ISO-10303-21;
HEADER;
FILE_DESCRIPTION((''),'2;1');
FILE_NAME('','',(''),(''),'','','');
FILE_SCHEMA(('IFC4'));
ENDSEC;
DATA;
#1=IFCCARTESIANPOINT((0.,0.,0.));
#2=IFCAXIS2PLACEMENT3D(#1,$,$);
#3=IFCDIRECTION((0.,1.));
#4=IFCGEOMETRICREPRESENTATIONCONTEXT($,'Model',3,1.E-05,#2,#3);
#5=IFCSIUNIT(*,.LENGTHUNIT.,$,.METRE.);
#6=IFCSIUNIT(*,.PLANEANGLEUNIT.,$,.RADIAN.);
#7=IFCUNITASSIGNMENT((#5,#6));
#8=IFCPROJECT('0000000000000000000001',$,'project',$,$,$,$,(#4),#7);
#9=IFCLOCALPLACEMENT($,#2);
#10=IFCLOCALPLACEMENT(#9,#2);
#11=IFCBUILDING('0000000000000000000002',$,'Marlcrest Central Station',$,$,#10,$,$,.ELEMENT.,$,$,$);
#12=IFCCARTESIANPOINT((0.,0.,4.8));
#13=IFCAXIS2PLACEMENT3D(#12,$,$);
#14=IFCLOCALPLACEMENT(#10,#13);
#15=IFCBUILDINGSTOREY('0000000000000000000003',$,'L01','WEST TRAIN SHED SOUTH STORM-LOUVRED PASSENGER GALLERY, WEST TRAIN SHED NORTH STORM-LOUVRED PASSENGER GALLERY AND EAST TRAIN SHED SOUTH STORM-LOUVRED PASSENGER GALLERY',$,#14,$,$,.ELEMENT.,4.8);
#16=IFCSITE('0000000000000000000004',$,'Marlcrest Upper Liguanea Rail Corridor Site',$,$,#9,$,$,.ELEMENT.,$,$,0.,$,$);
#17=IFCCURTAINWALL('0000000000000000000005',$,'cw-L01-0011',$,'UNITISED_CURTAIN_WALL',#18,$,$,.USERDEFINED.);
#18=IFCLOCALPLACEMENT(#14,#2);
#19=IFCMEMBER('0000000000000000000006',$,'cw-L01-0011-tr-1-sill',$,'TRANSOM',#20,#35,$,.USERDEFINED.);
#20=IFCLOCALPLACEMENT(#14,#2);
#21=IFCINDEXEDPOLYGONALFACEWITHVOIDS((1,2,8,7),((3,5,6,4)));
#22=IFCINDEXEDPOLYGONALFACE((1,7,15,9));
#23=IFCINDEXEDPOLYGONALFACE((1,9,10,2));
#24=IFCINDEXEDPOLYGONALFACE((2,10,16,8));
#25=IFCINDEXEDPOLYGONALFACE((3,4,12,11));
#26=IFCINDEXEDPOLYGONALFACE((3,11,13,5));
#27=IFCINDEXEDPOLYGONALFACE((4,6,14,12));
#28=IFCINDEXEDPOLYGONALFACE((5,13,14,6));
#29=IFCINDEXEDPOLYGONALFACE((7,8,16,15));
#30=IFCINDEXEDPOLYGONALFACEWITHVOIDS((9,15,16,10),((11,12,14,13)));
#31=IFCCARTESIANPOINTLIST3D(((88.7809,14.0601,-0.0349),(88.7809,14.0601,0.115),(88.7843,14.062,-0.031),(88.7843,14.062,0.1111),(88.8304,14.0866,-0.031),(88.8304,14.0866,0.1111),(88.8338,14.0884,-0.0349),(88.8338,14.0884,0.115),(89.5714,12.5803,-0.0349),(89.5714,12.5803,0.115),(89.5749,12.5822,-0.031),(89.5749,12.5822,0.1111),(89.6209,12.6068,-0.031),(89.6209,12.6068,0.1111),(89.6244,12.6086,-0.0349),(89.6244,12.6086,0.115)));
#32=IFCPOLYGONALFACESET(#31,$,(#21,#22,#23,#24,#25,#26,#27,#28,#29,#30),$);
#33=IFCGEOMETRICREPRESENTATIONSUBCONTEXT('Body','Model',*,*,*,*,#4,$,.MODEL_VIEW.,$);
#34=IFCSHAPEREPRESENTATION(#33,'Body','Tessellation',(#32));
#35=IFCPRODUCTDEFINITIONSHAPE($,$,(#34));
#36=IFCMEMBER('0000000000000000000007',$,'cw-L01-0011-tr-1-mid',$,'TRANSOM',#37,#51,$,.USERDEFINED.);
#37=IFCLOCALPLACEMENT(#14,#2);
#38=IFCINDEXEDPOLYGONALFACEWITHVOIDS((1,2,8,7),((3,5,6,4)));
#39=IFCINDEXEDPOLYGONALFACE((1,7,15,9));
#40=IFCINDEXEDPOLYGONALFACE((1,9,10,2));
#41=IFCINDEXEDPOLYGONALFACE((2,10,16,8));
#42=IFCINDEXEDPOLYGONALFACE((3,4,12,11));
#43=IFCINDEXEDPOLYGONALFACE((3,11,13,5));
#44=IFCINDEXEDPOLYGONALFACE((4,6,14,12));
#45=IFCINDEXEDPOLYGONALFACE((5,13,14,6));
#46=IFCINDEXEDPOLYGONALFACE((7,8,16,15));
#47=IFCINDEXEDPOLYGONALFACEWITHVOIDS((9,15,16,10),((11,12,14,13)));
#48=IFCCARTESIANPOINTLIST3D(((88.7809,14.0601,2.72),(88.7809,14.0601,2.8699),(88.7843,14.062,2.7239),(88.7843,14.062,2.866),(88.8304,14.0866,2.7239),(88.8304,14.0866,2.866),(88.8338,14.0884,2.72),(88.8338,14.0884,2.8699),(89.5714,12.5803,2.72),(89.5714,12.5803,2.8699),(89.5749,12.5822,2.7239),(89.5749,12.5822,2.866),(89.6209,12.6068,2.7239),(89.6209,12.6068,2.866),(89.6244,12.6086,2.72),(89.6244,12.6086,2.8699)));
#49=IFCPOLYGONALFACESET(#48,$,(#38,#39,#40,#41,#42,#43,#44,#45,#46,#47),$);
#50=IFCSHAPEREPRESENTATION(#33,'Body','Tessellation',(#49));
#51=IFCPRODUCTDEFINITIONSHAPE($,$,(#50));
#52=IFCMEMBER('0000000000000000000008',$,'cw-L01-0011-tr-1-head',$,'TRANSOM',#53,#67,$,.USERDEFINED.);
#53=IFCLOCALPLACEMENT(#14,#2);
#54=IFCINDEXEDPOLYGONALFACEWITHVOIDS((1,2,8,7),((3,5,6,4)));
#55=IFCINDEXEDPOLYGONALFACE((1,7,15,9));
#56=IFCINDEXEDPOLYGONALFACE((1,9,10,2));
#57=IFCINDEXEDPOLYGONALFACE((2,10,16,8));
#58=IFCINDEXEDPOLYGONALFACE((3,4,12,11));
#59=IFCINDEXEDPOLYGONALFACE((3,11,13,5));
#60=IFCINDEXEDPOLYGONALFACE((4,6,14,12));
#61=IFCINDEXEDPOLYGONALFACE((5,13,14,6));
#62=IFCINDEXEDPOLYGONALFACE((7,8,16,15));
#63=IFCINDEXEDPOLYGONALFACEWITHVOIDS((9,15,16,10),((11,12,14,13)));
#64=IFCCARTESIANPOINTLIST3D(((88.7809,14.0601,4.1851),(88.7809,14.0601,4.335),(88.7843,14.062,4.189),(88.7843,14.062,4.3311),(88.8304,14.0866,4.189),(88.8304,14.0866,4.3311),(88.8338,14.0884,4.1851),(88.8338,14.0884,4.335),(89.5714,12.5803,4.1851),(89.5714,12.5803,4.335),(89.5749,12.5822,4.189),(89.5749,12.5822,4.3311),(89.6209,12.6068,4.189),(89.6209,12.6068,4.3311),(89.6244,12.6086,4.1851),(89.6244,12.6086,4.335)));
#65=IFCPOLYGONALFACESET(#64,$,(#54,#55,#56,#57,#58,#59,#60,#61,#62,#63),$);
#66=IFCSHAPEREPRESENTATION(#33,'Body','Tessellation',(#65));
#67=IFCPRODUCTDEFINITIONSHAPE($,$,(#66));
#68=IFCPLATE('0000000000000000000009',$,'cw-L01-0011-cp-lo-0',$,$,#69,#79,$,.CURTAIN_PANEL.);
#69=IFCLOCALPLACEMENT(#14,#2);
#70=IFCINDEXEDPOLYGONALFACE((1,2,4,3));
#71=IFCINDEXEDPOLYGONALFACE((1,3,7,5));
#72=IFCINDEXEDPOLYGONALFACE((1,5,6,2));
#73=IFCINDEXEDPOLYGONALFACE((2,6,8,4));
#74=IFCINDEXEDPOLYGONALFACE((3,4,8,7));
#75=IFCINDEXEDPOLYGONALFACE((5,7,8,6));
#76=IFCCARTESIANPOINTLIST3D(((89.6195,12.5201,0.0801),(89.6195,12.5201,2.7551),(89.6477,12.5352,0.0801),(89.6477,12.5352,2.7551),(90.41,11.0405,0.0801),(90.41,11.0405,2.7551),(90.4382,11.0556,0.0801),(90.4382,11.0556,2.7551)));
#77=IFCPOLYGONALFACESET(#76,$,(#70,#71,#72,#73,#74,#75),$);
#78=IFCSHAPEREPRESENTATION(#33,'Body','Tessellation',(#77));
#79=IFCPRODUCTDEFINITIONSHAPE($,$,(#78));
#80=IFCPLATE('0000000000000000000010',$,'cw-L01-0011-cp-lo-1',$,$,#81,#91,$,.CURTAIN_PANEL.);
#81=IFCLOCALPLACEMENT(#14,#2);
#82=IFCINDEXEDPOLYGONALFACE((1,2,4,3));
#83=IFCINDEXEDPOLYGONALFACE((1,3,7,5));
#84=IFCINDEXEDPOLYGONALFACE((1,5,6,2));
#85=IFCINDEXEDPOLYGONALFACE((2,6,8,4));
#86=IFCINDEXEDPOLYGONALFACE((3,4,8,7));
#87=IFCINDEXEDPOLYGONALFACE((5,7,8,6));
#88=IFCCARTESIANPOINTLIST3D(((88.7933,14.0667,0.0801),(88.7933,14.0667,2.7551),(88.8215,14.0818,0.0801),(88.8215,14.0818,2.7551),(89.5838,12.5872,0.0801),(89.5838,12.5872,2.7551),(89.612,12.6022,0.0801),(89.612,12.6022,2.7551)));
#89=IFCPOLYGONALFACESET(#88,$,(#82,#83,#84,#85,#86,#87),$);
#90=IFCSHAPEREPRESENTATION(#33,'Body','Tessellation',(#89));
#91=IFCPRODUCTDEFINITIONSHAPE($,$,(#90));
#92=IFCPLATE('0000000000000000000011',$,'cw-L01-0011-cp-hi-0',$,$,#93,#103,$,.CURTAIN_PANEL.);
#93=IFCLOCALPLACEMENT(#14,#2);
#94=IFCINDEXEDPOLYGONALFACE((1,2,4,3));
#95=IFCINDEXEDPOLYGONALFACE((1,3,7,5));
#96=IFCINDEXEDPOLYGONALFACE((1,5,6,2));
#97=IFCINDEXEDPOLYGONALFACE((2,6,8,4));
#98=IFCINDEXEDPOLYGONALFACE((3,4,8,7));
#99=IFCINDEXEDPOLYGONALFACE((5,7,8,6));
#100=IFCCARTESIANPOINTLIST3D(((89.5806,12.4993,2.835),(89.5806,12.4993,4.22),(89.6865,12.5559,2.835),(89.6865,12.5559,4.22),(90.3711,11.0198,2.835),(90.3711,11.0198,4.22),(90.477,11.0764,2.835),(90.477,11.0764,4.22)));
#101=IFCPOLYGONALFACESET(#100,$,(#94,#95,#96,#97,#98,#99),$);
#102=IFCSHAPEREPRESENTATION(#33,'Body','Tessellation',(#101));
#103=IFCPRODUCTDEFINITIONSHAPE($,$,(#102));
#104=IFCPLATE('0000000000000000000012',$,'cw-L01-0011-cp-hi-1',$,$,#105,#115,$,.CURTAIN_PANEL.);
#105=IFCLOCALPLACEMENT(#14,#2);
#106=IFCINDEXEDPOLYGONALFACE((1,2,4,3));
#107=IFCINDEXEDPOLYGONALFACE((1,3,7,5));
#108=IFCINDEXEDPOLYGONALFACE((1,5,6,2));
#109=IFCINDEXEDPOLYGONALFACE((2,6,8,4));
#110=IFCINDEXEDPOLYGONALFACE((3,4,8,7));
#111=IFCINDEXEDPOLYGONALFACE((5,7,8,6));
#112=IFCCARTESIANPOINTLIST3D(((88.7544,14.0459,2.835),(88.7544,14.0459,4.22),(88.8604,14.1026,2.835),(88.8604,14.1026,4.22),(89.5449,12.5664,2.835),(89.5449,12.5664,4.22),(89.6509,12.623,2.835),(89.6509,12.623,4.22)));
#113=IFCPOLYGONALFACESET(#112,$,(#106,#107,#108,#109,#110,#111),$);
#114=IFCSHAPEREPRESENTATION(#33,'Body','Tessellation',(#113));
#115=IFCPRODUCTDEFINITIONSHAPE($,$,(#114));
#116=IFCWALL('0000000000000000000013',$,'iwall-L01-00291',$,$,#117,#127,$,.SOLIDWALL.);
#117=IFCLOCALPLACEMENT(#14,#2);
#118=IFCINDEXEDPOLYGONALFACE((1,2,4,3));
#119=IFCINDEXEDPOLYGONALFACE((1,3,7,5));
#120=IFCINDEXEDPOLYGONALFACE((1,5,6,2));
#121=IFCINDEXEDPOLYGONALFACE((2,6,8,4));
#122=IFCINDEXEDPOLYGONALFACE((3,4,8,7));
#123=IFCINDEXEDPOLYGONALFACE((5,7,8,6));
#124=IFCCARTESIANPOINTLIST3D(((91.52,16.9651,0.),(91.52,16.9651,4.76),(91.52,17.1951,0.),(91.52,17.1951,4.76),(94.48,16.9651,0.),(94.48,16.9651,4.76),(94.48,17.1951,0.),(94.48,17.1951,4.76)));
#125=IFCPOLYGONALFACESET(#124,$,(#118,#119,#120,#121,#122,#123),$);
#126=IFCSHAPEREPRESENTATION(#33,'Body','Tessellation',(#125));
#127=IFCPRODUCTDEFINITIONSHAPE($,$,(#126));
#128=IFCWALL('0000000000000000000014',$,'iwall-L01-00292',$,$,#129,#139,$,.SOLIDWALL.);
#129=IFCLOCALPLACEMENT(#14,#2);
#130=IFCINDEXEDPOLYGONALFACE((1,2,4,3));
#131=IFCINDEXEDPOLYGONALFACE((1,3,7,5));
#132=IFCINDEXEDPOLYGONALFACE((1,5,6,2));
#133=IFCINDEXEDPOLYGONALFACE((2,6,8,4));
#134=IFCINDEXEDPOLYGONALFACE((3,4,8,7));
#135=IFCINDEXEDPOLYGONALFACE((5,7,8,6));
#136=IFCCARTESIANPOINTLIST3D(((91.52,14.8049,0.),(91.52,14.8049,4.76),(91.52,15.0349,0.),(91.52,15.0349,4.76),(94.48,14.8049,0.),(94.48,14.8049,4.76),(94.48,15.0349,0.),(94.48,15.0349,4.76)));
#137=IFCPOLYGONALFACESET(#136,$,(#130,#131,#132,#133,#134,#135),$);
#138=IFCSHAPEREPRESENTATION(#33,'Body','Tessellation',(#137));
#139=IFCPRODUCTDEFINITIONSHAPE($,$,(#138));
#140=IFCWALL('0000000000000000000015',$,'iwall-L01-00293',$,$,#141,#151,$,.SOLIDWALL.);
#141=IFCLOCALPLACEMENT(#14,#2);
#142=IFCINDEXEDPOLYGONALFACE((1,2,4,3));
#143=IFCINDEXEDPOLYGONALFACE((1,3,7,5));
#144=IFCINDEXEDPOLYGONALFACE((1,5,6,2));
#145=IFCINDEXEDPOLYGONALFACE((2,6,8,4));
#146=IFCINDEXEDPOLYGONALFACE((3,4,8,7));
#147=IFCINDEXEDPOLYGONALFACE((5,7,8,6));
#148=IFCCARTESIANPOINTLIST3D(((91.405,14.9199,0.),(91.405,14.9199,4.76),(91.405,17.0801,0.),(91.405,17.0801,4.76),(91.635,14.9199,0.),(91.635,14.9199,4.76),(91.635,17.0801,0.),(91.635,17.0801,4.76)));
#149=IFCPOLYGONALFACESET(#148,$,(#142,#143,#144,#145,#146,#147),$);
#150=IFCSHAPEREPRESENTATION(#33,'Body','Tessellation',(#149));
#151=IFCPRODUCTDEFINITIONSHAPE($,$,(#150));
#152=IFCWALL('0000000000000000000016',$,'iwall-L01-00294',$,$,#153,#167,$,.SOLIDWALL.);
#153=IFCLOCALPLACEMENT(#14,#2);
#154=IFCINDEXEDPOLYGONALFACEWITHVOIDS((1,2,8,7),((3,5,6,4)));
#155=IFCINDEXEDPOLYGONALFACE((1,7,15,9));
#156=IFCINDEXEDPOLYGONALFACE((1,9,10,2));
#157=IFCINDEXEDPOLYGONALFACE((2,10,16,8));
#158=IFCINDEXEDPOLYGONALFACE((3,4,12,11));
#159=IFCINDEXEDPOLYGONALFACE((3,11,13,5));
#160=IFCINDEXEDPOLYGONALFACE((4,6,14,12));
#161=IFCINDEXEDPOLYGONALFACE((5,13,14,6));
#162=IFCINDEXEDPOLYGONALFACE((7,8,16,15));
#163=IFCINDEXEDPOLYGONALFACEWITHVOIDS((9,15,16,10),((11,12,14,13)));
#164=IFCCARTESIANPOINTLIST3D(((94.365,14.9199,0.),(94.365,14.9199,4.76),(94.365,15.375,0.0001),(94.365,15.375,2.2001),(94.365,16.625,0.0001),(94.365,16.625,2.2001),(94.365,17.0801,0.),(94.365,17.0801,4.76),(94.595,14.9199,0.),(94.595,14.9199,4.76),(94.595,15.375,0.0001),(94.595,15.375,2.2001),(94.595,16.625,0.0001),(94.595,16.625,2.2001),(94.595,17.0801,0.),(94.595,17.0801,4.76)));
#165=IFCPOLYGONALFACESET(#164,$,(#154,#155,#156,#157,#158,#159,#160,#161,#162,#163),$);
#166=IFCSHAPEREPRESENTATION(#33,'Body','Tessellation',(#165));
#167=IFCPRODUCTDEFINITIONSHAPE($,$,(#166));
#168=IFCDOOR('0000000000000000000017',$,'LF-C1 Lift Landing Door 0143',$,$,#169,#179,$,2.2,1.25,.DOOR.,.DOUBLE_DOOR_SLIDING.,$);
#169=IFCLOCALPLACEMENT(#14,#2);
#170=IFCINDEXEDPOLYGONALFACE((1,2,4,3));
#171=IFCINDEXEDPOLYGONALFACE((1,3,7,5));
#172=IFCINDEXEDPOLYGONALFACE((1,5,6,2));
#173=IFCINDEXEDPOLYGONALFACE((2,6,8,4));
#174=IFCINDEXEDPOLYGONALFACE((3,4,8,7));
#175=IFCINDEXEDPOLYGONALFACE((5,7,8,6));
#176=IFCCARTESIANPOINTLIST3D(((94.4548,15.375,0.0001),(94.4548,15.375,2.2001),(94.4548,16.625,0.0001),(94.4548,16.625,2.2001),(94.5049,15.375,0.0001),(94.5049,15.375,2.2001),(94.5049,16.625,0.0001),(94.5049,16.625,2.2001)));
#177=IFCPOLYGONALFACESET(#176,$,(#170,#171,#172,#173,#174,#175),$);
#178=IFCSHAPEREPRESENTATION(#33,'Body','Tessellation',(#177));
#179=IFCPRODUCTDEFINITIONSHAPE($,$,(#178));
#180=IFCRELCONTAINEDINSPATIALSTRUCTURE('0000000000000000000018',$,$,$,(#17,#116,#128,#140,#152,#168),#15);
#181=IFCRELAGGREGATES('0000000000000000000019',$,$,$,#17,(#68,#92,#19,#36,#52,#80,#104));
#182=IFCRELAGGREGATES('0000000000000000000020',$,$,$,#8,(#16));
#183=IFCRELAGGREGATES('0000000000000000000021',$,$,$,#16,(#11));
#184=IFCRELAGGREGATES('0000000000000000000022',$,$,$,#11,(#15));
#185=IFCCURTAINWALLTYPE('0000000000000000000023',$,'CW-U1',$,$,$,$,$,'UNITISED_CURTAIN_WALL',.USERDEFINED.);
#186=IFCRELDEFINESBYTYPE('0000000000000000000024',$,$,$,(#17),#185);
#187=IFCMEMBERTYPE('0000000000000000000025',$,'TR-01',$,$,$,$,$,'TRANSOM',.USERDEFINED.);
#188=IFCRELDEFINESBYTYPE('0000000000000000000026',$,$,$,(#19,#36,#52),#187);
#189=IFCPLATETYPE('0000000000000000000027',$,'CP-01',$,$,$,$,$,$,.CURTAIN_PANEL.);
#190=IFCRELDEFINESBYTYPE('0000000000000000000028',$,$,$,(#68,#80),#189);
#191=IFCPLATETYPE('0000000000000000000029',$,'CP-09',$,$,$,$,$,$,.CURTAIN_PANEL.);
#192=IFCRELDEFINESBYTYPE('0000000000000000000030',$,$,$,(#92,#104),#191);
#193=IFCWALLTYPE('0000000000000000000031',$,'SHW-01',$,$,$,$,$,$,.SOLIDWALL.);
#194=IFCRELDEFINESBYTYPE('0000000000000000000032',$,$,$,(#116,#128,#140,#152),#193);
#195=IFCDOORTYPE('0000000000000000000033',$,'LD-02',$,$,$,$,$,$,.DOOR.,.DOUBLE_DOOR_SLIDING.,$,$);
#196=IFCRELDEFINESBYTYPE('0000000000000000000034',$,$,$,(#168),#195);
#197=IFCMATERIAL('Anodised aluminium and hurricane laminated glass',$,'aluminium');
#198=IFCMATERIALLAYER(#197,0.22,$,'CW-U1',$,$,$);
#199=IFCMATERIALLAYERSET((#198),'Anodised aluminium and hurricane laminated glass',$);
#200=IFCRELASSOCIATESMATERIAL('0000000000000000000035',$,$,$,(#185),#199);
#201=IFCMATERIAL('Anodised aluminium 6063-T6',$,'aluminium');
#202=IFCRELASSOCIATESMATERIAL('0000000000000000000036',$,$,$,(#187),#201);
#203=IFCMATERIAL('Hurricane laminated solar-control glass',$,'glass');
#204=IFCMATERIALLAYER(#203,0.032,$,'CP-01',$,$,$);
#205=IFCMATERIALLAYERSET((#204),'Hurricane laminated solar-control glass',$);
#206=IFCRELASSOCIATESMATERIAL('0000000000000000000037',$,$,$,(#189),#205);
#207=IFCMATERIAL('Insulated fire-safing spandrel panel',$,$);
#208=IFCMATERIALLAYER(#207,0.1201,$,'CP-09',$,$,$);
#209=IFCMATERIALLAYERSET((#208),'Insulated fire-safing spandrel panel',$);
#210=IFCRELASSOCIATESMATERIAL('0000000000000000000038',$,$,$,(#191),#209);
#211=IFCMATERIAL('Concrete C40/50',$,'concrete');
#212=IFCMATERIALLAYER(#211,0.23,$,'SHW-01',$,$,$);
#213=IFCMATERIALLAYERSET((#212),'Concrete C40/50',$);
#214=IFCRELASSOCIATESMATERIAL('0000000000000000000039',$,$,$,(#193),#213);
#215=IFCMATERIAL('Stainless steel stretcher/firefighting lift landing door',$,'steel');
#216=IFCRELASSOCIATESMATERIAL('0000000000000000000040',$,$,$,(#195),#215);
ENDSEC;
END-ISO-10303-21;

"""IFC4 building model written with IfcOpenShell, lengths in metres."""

from ifc_helpers import new_model, si_unit, direction, frame, frame_2d, origin, origin_2d, place, context, subcontext, project, spatial, rectangle, hollow_rectangle, extrude, material, layer, layer_set, material_profile, profile_set, type_object, element, fill, aggregate, save


model = new_model("IFC4")

# Units and contexts
model_context = context("Model", 3, precision=1e-05, world=origin(), true_north=direction((0.0, 1.0)))
body_context = subcontext(model_context, "Body", "Model", "MODEL_VIEW")
ifc_project = project(units=[si_unit("LENGTHUNIT", "METRE"), si_unit("PLANEANGLEUNIT", "RADIAN")], contexts=[model_context])

# Site, building, storey
site_placement = place(None, origin())
site = spatial("IfcSite", under=ifc_project, at=site_placement, Name="Marlcrest Upper Liguanea Rail Corridor Site", CompositionType="ELEMENT", RefElevation=0.0)
building_placement = place(site_placement, origin())
building = spatial("IfcBuilding", under=site, at=building_placement, Name="Marlcrest Central Station", CompositionType="ELEMENT")
storey_placement = place(building_placement, frame((0.0, 0.0, 4.8)))
storey = spatial("IfcBuildingStorey", under=building, at=storey_placement, Name="L01", Description="WEST TRAIN SHED SOUTH STORM-LOUVRED PASSENGER GALLERY, WEST TRAIN SHED NORTH STORM-LOUVRED PASSENGER GALLERY AND EAST TRAIN SHED SOUTH STORM-LOUVRED PASSENGER GALLERY", CompositionType="ELEMENT", Elevation=4.8)

# Shared definitions
ifc_material_1 = material(Name="Anodised aluminium and hurricane laminated glass", Category="aluminium")
ifc_layer_1 = layer(ifc_material_1, 0.22, Name="CW-U1")
ifc_layer_set_1 = layer_set([ifc_layer_1], Name="Anodised aluminium and hurricane laminated glass")
curtain_wall_type = type_object("IfcCurtainWallType", Name="CW-U1", ElementType="UNITISED_CURTAIN_WALL", PredefinedType="USERDEFINED", material=ifc_layer_set_1)
ifc_material_2 = material(Name="Anodised aluminium 6063-T6", Category="aluminium")

# Curtain wall
curtain_wall_1_placement = place(storey_placement, origin())
curtain_wall_1 = element("IfcCurtainWall", 1, at=curtain_wall_1_placement, inside=storey, type_object=curtain_wall_type, Name="cw-L01-0011", ObjectType="UNITISED_CURTAIN_WALL", PredefinedType="USERDEFINED")

# Members
ifc_material_profile_1 = material_profile(ifc_material_2, hollow_rectangle(XDim=0.0601, YDim=0.1499, WallThickness=0.0039, at=origin_2d()), Name="AA-RHS 150x60x4")
ifc_profile_set_1 = profile_set([ifc_material_profile_1], Name="Anodised aluminium 6063-T6")
member_type_1 = type_object("IfcMemberType", Name="TR-01", ElementType="TRANSOM", PredefinedType="USERDEFINED", material=ifc_profile_set_1)
member_1_placement = place(storey_placement, frame((89.5979, 12.5945, 0.04), z_axis=(-0.471207, 0.882022, 0.0), x_axis=(-0.882022, -0.471207, 0.0)))
member_1 = element("IfcMember", 2, at=member_1_placement, type_object=member_type_1, Name="cw-L01-0011-tr-1-sill", ObjectType="TRANSOM", PredefinedType="USERDEFINED", context=body_context, shape_type="SweptSolid", body=[
    extrude(hollow_rectangle(XDim=0.0601, YDim=0.1499, WallThickness=0.0039, at=origin_2d()), origin(), (0.0, 0.0, 1.0), 1.6777),
])
member_2_placement = place(storey_placement, frame((89.5979, 12.5945, 2.7949), z_axis=(-0.471207, 0.882022, 0.0), x_axis=(-0.882022, -0.471207, 0.0)))
member_2 = element("IfcMember", 3, at=member_2_placement, type_object=member_type_1, Name="cw-L01-0011-tr-1-mid", ObjectType="TRANSOM", PredefinedType="USERDEFINED", context=body_context, shape_type="SweptSolid", body=[
    extrude(hollow_rectangle(XDim=0.0601, YDim=0.1499, WallThickness=0.0039, at=origin_2d()), origin(), (0.0, 0.0, 1.0), 1.6777),
])
member_3_placement = place(storey_placement, frame((89.5979, 12.5945, 4.26), z_axis=(-0.471207, 0.882022, 0.0), x_axis=(-0.882022, -0.471207, 0.0)))
member_3 = element("IfcMember", 4, at=member_3_placement, type_object=member_type_1, Name="cw-L01-0011-tr-1-head", ObjectType="TRANSOM", PredefinedType="USERDEFINED", context=body_context, shape_type="SweptSolid", body=[
    extrude(hollow_rectangle(XDim=0.0601, YDim=0.1499, WallThickness=0.0039, at=origin_2d()), origin(), (0.0, 0.0, 1.0), 1.6777),
])

# Plates
ifc_material_3 = material(Name="Hurricane laminated solar-control glass", Category="glass")
ifc_layer_2 = layer(ifc_material_3, 0.032, Name="CP-01")
ifc_layer_set_2 = layer_set([ifc_layer_2], Name="Hurricane laminated solar-control glass")
plate_type_1 = type_object("IfcPlateType", Name="CP-01", PredefinedType="CURTAIN_PANEL", material=ifc_layer_set_2)
plate_1_placement = place(storey_placement, frame((90.0288, 11.7878, 0.0801), z_axis=(0.0, 0.0, 1.0), x_axis=(-0.471243, 0.882004, 0.0)))
plate_1 = element("IfcPlate", 5, at=plate_1_placement, type_object=plate_type_1, Name="cw-L01-0011-cp-lo-0", PredefinedType="CURTAIN_PANEL", context=body_context, shape_type="SweptSolid", body=[
    extrude(rectangle(XDim=1.6775, YDim=0.032, at=origin_2d()), origin(), (0.0, 0.0, 1.0), 2.675),
])
plate_2_placement = place(storey_placement, frame((89.2026, 13.3345, 0.0801), z_axis=(0.0, 0.0, 1.0), x_axis=(-0.471243, 0.882004, 0.0)))
plate_2 = element("IfcPlate", 6, at=plate_2_placement, type_object=plate_type_1, Name="cw-L01-0011-cp-lo-1", PredefinedType="CURTAIN_PANEL", context=body_context, shape_type="SweptSolid", body=[
    extrude(rectangle(XDim=1.6775, YDim=0.032, at=origin_2d()), origin(), (0.0, 0.0, 1.0), 2.675),
])
ifc_material_4 = material(Name="Insulated fire-safing spandrel panel")
ifc_layer_3 = layer(ifc_material_4, 0.1201, Name="CP-09")
ifc_layer_set_3 = layer_set([ifc_layer_3], Name="Insulated fire-safing spandrel panel")
plate_type_2 = type_object("IfcPlateType", Name="CP-09", PredefinedType="CURTAIN_PANEL", material=ifc_layer_set_3)
plate_3_placement = place(storey_placement, frame((90.0288, 11.7878, 2.835), z_axis=(0.0, 0.0, 1.0), x_axis=(-0.471243, 0.882004, 0.0)))
plate_3 = element("IfcPlate", 7, at=plate_3_placement, type_object=plate_type_2, Name="cw-L01-0011-cp-hi-0", PredefinedType="CURTAIN_PANEL", context=body_context, shape_type="SweptSolid", body=[
    extrude(rectangle(XDim=1.6775, YDim=0.1201, at=origin_2d()), origin(), (0.0, 0.0, 1.0), 1.385),
])
plate_4_placement = place(storey_placement, frame((89.2026, 13.3345, 2.835), z_axis=(0.0, 0.0, 1.0), x_axis=(-0.471243, 0.882004, 0.0)))
plate_4 = element("IfcPlate", 8, at=plate_4_placement, type_object=plate_type_2, Name="cw-L01-0011-cp-hi-1", PredefinedType="CURTAIN_PANEL", context=body_context, shape_type="SweptSolid", body=[
    extrude(rectangle(XDim=1.6775, YDim=0.1201, at=origin_2d()), origin(), (0.0, 0.0, 1.0), 1.385),
])
aggregate(curtain_wall_1, [plate_1, plate_3, member_1, member_2, member_3, plate_2, plate_4])

# Walls
ifc_material_5 = material(Name="Concrete C40/50", Category="concrete")
ifc_layer_4 = layer(ifc_material_5, 0.23, Name="SHW-01")
ifc_layer_set_4 = layer_set([ifc_layer_4], Name="Concrete C40/50")
wall_type = type_object("IfcWallType", Name="SHW-01", PredefinedType="SOLIDWALL", material=ifc_layer_set_4)
for number, where, z_axis, x_axis, name in (
    (9, (91.52, 17.0801, 0.0), (0.0, 0.0, 1.0), (1.0, 0.0, 0.0), "iwall-L01-00291"),
    (10, (94.48, 14.9199, 0.0), (0.0, 0.0, 1.0), (-1.0, 0.0, 0.0), "iwall-L01-00292"),
):
    element("IfcWall", number, at=place(storey_placement, frame(where, z_axis=z_axis, x_axis=x_axis)), inside=storey, type_object=wall_type, Name=name, PredefinedType="SOLIDWALL", context=body_context, shape_type="SweptSolid", body=[
        extrude(rectangle(XDim=2.96, YDim=0.23, at=frame_2d((1.48, 0.0))), origin(), (0.0, 0.0, 1.0), 4.76),
    ])
wall_1_placement = place(storey_placement, frame((91.52, 14.9199, 0.0), z_axis=(0.0, 0.0, 1.0), x_axis=(0.0, 1.0, 0.0)))
element("IfcWall", 11, at=wall_1_placement, inside=storey, type_object=wall_type, Name="iwall-L01-00293", PredefinedType="SOLIDWALL", context=body_context, shape_type="SweptSolid", body=[
    extrude(rectangle(XDim=2.1602, YDim=0.23, at=frame_2d((1.0801, 0.0))), origin(), (0.0, 0.0, 1.0), 4.76),
])

# Wall, opening, door
wall_2_placement = place(storey_placement, frame((94.48, 17.0801, 0.0), z_axis=(0.0, 0.0, 1.0), x_axis=(0.0, -1.0, 0.0)))
wall_2 = element("IfcWall", 12, at=wall_2_placement, inside=storey, type_object=wall_type, Name="iwall-L01-00294", PredefinedType="SOLIDWALL", context=body_context, shape_type="SweptSolid", body=[
    extrude(rectangle(XDim=2.1602, YDim=0.23, at=frame_2d((1.0801, 0.0))), origin(), (0.0, 0.0, 1.0), 4.76),
])
opening_placement = place(wall_2_placement, frame((0.4551, 0.0, 0.0)))
opening = element("IfcOpeningElement", 13, at=opening_placement, cuts=wall_2, PredefinedType="OPENING", context=body_context, shape_type="SweptSolid", body=[
    extrude(rectangle(XDim=1.25, YDim=2.2, at=frame_2d((0.625, 1.1001))), frame((0.0, 0.125, 0.0), z_axis=(0.0, -1.0, 0.0), x_axis=(1.0, 0.0, 0.0)), (0.0, 0.0, 1.0), 0.25),
])
ifc_material_6 = material(Name="Stainless steel stretcher/firefighting lift landing door", Category="steel")
door_type = type_object("IfcDoorType", Name="LD-02", OperationType="DOUBLE_DOOR_SLIDING", PredefinedType="DOOR", material=ifc_material_6)
door_placement = place(opening_placement, origin())
door = element("IfcDoor", 14, at=door_placement, inside=storey, type_object=door_type, Name="LF-C1 Lift Landing Door 0143", OperationType="DOUBLE_DOOR_SLIDING", OverallHeight=2.2, OverallWidth=1.25, PredefinedType="DOOR", context=body_context, shape_type="SweptSolid", body=[
    extrude(rectangle(XDim=1.25, YDim=2.2, at=frame_2d((0.625, 1.1001))), frame((0.0, 0.0249, 0.0), z_axis=(0.0, -1.0, 0.0), x_axis=(1.0, 0.0, 0.0)), (0.0, 0.0, 1.0), 0.05),
])
fill(opening, door)

save(model, "model.ifc")
